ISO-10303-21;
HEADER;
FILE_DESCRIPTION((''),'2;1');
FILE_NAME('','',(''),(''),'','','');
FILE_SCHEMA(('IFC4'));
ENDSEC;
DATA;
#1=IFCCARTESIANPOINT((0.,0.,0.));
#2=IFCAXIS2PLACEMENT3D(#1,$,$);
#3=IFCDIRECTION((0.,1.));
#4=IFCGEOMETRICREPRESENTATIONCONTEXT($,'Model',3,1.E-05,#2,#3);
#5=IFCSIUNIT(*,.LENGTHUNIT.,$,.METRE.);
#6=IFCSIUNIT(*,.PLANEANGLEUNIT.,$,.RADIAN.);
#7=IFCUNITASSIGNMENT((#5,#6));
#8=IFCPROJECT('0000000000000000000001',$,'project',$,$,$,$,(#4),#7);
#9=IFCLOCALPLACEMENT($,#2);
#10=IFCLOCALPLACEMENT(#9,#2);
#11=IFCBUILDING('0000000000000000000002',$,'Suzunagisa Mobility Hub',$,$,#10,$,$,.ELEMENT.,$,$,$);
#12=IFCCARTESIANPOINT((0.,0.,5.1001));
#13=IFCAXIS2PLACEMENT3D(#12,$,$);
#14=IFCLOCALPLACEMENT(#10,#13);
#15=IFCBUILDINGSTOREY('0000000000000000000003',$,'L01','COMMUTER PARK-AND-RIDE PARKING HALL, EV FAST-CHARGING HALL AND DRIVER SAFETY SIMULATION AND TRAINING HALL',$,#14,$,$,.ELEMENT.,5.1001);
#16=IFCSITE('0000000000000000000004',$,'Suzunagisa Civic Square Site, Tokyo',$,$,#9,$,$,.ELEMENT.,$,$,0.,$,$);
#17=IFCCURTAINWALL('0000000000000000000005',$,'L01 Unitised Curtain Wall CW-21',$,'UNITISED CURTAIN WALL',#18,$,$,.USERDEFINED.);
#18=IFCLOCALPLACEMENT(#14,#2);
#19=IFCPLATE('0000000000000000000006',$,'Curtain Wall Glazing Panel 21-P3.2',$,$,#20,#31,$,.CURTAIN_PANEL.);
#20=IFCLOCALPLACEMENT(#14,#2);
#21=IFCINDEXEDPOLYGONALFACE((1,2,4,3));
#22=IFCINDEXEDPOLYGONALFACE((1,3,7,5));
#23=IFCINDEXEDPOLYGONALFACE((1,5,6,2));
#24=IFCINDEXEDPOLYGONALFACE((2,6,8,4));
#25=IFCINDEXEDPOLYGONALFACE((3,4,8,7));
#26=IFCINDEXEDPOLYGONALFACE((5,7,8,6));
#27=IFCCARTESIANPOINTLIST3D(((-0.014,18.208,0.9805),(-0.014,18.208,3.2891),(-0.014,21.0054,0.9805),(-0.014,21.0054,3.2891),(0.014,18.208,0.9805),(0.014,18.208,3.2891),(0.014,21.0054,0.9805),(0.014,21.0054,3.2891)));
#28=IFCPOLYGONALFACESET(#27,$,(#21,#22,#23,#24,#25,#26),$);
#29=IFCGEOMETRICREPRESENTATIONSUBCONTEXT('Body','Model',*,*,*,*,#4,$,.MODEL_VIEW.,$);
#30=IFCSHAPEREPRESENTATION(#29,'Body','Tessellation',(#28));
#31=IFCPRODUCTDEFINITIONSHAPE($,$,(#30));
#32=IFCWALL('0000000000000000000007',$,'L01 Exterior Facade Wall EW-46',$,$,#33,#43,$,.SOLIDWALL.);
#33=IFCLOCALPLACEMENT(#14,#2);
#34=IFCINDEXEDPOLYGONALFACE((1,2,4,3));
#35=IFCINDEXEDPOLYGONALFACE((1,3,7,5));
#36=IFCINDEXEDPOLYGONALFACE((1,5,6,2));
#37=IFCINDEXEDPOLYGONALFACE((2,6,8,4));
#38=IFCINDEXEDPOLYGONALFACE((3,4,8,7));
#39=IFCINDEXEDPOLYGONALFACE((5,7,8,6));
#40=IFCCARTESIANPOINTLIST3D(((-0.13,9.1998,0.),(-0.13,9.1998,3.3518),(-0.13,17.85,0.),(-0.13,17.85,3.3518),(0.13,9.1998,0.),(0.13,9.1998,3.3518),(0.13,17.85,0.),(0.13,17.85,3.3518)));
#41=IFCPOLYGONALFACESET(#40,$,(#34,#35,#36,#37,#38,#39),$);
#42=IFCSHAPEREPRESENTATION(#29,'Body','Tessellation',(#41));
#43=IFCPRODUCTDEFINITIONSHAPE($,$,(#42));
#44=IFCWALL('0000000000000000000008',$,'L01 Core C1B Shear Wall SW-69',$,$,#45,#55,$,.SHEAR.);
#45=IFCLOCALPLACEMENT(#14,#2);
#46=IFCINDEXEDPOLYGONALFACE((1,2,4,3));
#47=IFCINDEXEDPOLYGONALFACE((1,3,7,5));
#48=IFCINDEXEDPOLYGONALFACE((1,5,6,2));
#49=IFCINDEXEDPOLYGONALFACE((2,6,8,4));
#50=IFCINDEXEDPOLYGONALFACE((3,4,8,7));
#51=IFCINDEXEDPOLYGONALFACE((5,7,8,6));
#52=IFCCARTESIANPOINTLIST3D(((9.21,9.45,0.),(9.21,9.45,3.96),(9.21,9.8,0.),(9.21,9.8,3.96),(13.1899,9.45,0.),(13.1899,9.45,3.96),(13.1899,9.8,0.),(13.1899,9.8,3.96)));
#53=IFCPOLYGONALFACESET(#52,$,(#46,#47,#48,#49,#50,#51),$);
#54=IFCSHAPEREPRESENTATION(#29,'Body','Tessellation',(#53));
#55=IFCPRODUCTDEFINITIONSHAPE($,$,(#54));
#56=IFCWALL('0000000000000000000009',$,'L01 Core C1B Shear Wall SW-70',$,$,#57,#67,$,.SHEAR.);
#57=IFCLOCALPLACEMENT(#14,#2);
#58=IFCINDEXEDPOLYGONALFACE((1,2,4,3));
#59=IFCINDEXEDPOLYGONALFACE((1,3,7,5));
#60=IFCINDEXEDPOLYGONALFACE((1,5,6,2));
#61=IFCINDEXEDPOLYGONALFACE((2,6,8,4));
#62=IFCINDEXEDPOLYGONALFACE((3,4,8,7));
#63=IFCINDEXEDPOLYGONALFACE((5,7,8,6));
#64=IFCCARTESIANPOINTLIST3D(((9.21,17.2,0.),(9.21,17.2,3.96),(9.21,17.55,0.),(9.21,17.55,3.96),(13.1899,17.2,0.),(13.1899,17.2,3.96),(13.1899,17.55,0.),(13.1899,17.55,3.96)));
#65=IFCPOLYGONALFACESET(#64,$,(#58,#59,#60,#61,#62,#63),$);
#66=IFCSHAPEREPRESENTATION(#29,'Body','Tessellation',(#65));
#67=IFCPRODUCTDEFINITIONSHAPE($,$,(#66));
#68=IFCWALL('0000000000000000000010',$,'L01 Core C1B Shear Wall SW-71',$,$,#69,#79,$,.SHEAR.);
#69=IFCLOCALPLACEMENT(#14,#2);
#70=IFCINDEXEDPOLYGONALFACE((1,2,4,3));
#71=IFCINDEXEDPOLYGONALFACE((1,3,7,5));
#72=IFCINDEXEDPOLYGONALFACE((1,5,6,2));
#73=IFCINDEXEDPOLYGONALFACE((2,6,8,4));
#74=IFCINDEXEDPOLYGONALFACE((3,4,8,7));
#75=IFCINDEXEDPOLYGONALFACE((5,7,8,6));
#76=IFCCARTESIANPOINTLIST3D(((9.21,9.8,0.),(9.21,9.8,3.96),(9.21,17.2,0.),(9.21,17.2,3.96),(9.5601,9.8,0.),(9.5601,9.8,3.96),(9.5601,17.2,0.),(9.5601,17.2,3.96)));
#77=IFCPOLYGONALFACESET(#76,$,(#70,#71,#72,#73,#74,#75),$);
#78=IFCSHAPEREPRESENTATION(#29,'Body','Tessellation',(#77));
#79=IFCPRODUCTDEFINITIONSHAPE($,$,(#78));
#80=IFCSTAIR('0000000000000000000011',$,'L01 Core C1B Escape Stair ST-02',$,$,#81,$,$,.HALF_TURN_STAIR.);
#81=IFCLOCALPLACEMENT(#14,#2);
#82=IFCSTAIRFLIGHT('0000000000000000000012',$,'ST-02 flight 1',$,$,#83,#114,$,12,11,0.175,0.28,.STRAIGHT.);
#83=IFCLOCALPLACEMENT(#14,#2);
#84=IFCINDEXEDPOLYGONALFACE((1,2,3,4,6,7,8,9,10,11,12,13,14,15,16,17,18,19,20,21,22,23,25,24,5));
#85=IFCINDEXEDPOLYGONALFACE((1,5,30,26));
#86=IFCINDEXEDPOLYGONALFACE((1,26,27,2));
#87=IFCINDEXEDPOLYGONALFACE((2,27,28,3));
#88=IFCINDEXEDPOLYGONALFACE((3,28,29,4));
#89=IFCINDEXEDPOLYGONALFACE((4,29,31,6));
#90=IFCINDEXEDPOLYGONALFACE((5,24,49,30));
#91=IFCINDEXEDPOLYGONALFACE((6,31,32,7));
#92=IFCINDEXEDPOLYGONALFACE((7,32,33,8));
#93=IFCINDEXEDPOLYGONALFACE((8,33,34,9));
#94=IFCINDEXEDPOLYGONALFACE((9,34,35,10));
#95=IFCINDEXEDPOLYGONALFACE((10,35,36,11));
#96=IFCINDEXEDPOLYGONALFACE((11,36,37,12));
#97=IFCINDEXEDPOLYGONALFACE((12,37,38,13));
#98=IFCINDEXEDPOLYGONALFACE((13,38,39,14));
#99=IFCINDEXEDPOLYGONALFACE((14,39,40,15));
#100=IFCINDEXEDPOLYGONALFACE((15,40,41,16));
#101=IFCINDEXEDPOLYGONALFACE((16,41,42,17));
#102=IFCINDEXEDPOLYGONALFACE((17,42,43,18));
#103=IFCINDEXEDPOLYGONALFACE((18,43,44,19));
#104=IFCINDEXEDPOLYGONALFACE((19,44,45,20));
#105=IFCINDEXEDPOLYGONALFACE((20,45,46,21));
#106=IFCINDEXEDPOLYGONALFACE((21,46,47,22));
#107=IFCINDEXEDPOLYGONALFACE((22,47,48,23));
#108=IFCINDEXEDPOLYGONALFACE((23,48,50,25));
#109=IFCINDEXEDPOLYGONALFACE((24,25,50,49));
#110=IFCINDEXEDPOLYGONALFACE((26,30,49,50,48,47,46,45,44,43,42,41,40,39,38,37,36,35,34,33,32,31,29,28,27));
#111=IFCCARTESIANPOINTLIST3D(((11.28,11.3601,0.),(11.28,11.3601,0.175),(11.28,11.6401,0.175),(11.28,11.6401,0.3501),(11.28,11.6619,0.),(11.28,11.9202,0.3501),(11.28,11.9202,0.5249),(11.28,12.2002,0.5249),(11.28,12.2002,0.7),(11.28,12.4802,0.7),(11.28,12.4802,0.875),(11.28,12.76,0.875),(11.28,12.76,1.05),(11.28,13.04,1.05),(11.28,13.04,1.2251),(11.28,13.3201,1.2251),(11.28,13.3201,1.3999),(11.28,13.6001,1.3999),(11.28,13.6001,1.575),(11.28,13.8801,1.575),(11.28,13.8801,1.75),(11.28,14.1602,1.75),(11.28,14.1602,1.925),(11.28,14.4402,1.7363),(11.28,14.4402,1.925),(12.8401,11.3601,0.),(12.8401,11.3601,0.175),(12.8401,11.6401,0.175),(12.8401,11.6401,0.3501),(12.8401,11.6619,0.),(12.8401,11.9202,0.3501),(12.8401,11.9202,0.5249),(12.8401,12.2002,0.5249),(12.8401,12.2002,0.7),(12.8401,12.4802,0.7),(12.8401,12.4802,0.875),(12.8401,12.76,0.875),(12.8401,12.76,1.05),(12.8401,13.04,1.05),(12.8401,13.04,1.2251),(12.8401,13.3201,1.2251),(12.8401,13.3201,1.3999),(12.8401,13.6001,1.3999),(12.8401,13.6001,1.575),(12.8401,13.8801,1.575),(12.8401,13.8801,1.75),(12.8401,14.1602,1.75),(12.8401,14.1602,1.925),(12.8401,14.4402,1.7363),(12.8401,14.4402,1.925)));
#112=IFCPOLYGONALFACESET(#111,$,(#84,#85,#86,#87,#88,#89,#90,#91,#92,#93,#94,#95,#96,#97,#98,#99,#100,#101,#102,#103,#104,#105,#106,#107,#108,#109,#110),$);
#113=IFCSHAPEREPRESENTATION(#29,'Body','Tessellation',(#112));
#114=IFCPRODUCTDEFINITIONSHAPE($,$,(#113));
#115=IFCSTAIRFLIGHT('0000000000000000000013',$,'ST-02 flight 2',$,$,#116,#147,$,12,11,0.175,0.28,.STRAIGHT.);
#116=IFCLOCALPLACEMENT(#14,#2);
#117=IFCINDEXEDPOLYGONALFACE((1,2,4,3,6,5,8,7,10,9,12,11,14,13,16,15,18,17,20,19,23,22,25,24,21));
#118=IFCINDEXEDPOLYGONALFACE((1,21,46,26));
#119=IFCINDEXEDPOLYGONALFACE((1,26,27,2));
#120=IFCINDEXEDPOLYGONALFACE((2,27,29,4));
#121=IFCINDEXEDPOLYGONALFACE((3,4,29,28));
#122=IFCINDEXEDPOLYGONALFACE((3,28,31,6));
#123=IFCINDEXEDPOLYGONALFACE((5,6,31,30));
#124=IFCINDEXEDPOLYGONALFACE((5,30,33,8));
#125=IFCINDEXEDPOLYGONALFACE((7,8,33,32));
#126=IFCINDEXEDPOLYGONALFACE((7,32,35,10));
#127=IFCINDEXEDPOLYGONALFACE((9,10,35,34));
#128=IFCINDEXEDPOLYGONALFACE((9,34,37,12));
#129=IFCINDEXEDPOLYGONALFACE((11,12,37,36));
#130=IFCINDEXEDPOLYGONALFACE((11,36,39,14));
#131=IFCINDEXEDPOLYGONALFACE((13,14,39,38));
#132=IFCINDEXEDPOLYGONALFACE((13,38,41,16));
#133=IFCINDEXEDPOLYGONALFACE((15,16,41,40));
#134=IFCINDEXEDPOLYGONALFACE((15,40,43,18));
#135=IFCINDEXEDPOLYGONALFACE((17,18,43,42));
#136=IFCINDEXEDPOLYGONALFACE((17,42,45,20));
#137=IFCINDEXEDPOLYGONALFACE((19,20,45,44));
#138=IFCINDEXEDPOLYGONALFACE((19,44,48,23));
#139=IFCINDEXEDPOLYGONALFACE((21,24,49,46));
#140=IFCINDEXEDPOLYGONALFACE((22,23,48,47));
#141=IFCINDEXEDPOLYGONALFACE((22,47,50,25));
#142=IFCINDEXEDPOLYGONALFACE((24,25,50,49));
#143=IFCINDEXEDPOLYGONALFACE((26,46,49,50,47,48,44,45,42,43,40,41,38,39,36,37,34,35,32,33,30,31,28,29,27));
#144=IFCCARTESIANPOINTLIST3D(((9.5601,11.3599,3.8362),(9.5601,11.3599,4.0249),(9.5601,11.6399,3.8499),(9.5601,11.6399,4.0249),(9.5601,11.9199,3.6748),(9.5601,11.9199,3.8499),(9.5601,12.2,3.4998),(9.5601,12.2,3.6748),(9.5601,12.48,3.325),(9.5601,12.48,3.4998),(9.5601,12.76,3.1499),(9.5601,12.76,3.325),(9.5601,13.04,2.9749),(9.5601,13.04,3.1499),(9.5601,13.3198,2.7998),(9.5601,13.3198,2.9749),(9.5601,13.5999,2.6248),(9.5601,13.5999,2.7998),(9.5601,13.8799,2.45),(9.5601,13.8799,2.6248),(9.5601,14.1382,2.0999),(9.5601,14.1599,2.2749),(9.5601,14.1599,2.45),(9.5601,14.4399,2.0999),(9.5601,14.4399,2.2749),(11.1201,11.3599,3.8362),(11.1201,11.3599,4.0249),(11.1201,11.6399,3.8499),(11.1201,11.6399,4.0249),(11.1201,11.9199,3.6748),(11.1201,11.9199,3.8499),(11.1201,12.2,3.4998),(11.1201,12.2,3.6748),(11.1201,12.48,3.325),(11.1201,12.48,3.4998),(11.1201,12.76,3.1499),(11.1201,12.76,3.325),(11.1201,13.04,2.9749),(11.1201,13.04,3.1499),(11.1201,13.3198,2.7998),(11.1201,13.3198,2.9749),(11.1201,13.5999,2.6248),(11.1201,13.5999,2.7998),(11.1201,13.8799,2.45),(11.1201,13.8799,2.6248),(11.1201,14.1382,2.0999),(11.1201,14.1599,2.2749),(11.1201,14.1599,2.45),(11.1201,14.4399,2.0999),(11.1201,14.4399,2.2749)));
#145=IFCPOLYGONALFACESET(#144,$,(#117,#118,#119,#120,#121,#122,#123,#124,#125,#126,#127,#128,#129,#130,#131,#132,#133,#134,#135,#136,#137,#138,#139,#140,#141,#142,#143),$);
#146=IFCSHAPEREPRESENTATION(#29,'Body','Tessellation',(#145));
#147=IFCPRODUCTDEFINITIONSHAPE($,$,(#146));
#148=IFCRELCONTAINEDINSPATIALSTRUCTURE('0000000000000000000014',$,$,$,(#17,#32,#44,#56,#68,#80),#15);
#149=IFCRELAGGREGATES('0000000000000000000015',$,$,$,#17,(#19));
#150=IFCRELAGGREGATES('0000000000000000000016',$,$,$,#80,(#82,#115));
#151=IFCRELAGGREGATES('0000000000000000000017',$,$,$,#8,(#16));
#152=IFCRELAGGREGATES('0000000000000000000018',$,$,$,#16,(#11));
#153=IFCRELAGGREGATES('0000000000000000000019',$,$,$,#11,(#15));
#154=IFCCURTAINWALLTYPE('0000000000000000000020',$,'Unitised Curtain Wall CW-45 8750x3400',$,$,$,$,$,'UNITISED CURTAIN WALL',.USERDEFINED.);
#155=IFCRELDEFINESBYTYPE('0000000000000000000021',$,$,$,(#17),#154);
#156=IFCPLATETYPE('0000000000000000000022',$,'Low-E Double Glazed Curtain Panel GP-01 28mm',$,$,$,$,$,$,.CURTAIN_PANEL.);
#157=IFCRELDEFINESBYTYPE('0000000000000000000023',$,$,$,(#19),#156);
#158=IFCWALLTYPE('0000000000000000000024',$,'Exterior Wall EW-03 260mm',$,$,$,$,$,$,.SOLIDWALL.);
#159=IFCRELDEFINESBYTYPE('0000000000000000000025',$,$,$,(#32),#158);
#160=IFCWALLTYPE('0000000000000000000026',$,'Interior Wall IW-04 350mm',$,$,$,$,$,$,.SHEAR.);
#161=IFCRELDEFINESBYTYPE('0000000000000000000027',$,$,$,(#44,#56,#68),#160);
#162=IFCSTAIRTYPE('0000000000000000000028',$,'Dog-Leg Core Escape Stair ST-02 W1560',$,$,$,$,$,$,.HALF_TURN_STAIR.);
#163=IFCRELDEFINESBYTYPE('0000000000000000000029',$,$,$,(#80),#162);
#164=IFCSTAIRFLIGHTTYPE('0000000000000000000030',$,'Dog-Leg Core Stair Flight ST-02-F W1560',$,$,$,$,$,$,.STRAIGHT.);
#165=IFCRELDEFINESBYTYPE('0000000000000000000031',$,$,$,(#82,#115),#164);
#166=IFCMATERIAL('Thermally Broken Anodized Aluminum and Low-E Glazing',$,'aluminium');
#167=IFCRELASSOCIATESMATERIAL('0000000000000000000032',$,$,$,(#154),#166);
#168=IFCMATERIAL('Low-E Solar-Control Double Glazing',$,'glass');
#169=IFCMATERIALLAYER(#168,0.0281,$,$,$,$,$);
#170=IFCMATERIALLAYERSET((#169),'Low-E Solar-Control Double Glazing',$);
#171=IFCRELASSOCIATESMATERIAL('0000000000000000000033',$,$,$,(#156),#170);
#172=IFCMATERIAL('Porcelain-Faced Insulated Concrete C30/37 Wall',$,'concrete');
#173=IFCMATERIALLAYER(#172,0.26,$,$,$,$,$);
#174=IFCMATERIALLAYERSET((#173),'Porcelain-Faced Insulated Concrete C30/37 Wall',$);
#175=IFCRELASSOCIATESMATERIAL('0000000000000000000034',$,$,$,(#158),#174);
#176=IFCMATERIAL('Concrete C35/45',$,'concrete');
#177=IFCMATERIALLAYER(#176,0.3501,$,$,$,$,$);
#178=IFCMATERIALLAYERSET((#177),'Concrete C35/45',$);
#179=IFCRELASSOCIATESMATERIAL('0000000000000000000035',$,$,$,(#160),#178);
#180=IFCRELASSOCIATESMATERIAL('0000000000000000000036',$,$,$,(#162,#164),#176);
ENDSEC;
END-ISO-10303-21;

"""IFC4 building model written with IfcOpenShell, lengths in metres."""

from ifc_helpers import new_model, si_unit, direction, frame, frame_2d, origin, origin_2d, place, context, subcontext, project, spatial, polyline, rectangle, outline, extrude, material, layer, layer_set, type_object, element, aggregate, save


model = new_model("IFC4")

# Units and contexts
model_context = context("Model", 3, precision=1e-05, world=origin(), true_north=direction((0.0, 1.0)))
body_context = subcontext(model_context, "Body", "Model", "MODEL_VIEW")
ifc_project = project(units=[si_unit("LENGTHUNIT", "METRE"), si_unit("PLANEANGLEUNIT", "RADIAN")], contexts=[model_context])

# Site, building, storey
site_placement = place(None, origin())
site = spatial("IfcSite", under=ifc_project, at=site_placement, Name="Suzunagisa Civic Square Site, Tokyo", CompositionType="ELEMENT", RefElevation=0.0)
building_placement = place(site_placement, origin())
building = spatial("IfcBuilding", under=site, at=building_placement, Name="Suzunagisa Mobility Hub", CompositionType="ELEMENT")
storey_placement = place(building_placement, frame((0.0, 0.0, 5.1001)))
storey = spatial("IfcBuildingStorey", under=building, at=storey_placement, Name="L01", Description="COMMUTER PARK-AND-RIDE PARKING HALL, EV FAST-CHARGING HALL AND DRIVER SAFETY SIMULATION AND TRAINING HALL", CompositionType="ELEMENT", Elevation=5.1001)

# Curtain wall
ifc_material_1 = material(Name="Thermally Broken Anodized Aluminum and Low-E Glazing", Category="aluminium")
curtain_wall_type = type_object("IfcCurtainWallType", Name="Unitised Curtain Wall CW-45 8750x3400", ElementType="UNITISED CURTAIN WALL", PredefinedType="USERDEFINED", material=ifc_material_1)
curtain_wall_placement = place(storey_placement, origin())
curtain_wall = element("IfcCurtainWall", 1, at=curtain_wall_placement, inside=storey, type_object=curtain_wall_type, Name="L01 Unitised Curtain Wall CW-21", ObjectType="UNITISED CURTAIN WALL", PredefinedType="USERDEFINED")

# Plate
ifc_material_2 = material(Name="Low-E Solar-Control Double Glazing", Category="glass")
ifc_layer_1 = layer(ifc_material_2, 0.0281)
ifc_layer_set_1 = layer_set([ifc_layer_1], Name="Low-E Solar-Control Double Glazing")
plate_type = type_object("IfcPlateType", Name="Low-E Double Glazed Curtain Panel GP-01 28mm", PredefinedType="CURTAIN_PANEL", material=ifc_layer_set_1)
plate_1_placement = place(storey_placement, frame((0.0, 19.6067, 0.9805), z_axis=(0.0, 0.0, 1.0), x_axis=(0.0, -1.0, 0.0)))
plate_1 = element("IfcPlate", 2, at=plate_1_placement, type_object=plate_type, Name="Curtain Wall Glazing Panel 21-P3.2", PredefinedType="CURTAIN_PANEL", context=body_context, shape_type="SweptSolid", body=[
    extrude(rectangle(XDim=2.7974, YDim=0.0281, at=origin_2d()), origin(), (0.0, 0.0, 1.0), 2.3086),
])
aggregate(curtain_wall, [plate_1])

# Walls
ifc_material_3 = material(Name="Porcelain-Faced Insulated Concrete C30/37 Wall", Category="concrete")
ifc_layer_2 = layer(ifc_material_3, 0.26)
ifc_layer_set_2 = layer_set([ifc_layer_2], Name="Porcelain-Faced Insulated Concrete C30/37 Wall")
wall_type_1 = type_object("IfcWallType", Name="Exterior Wall EW-03 260mm", PredefinedType="SOLIDWALL", material=ifc_layer_set_2)
wall_1_placement = place(storey_placement, frame((0.0, 17.8501, 0.0), z_axis=(0.0, 0.0, 1.0), x_axis=(0.0, -1.0, 0.0)))
element("IfcWall", 3, at=wall_1_placement, inside=storey, type_object=wall_type_1, Name="L01 Exterior Facade Wall EW-46", PredefinedType="SOLIDWALL", context=body_context, shape_type="SweptSolid", body=[
    extrude(rectangle(XDim=8.6501, YDim=0.26, at=frame_2d((4.3252, 0.0))), origin(), (0.0, 0.0, 1.0), 3.3518),
])
ifc_material_4 = material(Name="Concrete C35/45", Category="concrete")
ifc_layer_3 = layer(ifc_material_4, 0.3501)
ifc_layer_set_3 = layer_set([ifc_layer_3], Name="Concrete C35/45")
wall_type_2 = type_object("IfcWallType", Name="Interior Wall IW-04 350mm", PredefinedType="SHEAR", material=ifc_layer_set_3)
for number, where, z_axis, x_axis, name in (
    (4, (9.21, 9.625, 0.0), (0.0, 0.0, 1.0), (1.0, 0.0, 0.0), "L01 Core C1B Shear Wall SW-69"),
    (5, (9.21, 17.375, 0.0), (0.0, 0.0, 1.0), (1.0, 0.0, 0.0), "L01 Core C1B Shear Wall SW-70"),
):
    element("IfcWall", number, at=place(storey_placement, frame(where, z_axis=z_axis, x_axis=x_axis)), inside=storey, type_object=wall_type_2, Name=name, PredefinedType="SHEAR", context=body_context, shape_type="SweptSolid", body=[
        extrude(rectangle(XDim=3.98, YDim=0.3501, at=frame_2d((1.99, 0.0))), origin(), (0.0, 0.0, 1.0), 3.96),
    ])
wall_2_placement = place(storey_placement, frame((9.385, 9.8, 0.0), z_axis=(0.0, 0.0, 1.0), x_axis=(0.0, 1.0, 0.0)))
element("IfcWall", 6, at=wall_2_placement, inside=storey, type_object=wall_type_2, Name="L01 Core C1B Shear Wall SW-71", PredefinedType="SHEAR", context=body_context, shape_type="SweptSolid", body=[
    extrude(rectangle(XDim=7.3999, YDim=0.3501, at=frame_2d((3.7, 0.0))), origin(), (0.0, 0.0, 1.0), 3.96),
])

# Stair, stair flights
stair_type = type_object("IfcStairType", Name="Dog-Leg Core Escape Stair ST-02 W1560", PredefinedType="HALF_TURN_STAIR", material=ifc_material_4)
stair_placement = place(storey_placement, origin())
stair = element("IfcStair", 7, at=stair_placement, inside=storey, type_object=stair_type, Name="L01 Core C1B Escape Stair ST-02", PredefinedType="HALF_TURN_STAIR")
stair_flight_type = type_object("IfcStairFlightType", Name="Dog-Leg Core Stair Flight ST-02-F W1560", PredefinedType="STRAIGHT", material=ifc_material_4)
stair_flight_1_placement = place(storey_placement, frame((12.0601, 11.3601, 0.0), z_axis=(0.0, 0.0, 1.0), x_axis=(0.0, 1.0, 0.0)))
stair_flight_1 = element("IfcStairFlight", 8, at=stair_flight_1_placement, type_object=stair_flight_type, Name="ST-02 flight 1", NumberOfRisers=12, NumberOfTreads=11, PredefinedType="STRAIGHT", RiserHeight=0.175, TreadLength=0.28, context=body_context, shape_type="SweptSolid", body=[
    extrude(outline(polyline([(0.0, 0.0), (0.0, 0.175), (0.28, 0.175), (0.28, 0.3501), (0.5601, 0.3501), (0.5601, 0.5249), (0.8401, 0.5249), (0.8401, 0.7), (1.1201, 0.7), (1.1201, 0.875), (1.3999, 0.875), (1.3999, 1.05), (1.6799, 1.05), (1.6799, 1.2251), (1.96, 1.2251), (1.96, 1.3999), (2.24, 1.3999), (2.24, 1.575), (2.52, 1.575), (2.52, 1.75), (2.8, 1.75), (2.8, 1.925), (3.0801, 1.925), (3.0801, 2.1001), (3.0801, 1.7363), (0.3018, 0.0), (0.0, 0.0)])), frame((0.0, 0.78, 0.0), z_axis=(0.0, -1.0, 0.0), x_axis=(1.0, 0.0, 0.0)), (0.0, 0.0, 1.0), 1.5601),
])
stair_flight_2_placement = place(storey_placement, frame((10.3401, 14.4399, 2.0999), z_axis=(0.0, 0.0, 1.0), x_axis=(0.0, -1.0, 0.0)))
stair_flight_2 = element("IfcStairFlight", 9, at=stair_flight_2_placement, type_object=stair_flight_type, Name="ST-02 flight 2", NumberOfRisers=12, NumberOfTreads=11, PredefinedType="STRAIGHT", RiserHeight=0.175, TreadLength=0.28, context=body_context, shape_type="SweptSolid", body=[
    extrude(outline(polyline([(0.0, 0.0), (0.0, 0.175), (0.28, 0.175), (0.28, 0.3501), (0.5601, 0.3501), (0.5601, 0.5249), (0.8401, 0.5249), (0.8401, 0.7), (1.1201, 0.7), (1.1201, 0.875), (1.3999, 0.875), (1.3999, 1.05), (1.6799, 1.05), (1.6799, 1.2251), (1.96, 1.2251), (1.96, 1.3999), (2.24, 1.3999), (2.24, 1.575), (2.52, 1.575), (2.52, 1.75), (2.8, 1.75), (2.8, 1.925), (3.0801, 1.925), (3.0801, 2.1001), (3.0801, 1.7363), (0.3018, 0.0), (0.0, 0.0)])), frame((0.0, 0.78, 0.0), z_axis=(0.0, -1.0, 0.0), x_axis=(1.0, 0.0, 0.0)), (0.0, 0.0, 1.0), 1.5601),
])
aggregate(stair, [stair_flight_1, stair_flight_2])

save(model, "model.ifc")
